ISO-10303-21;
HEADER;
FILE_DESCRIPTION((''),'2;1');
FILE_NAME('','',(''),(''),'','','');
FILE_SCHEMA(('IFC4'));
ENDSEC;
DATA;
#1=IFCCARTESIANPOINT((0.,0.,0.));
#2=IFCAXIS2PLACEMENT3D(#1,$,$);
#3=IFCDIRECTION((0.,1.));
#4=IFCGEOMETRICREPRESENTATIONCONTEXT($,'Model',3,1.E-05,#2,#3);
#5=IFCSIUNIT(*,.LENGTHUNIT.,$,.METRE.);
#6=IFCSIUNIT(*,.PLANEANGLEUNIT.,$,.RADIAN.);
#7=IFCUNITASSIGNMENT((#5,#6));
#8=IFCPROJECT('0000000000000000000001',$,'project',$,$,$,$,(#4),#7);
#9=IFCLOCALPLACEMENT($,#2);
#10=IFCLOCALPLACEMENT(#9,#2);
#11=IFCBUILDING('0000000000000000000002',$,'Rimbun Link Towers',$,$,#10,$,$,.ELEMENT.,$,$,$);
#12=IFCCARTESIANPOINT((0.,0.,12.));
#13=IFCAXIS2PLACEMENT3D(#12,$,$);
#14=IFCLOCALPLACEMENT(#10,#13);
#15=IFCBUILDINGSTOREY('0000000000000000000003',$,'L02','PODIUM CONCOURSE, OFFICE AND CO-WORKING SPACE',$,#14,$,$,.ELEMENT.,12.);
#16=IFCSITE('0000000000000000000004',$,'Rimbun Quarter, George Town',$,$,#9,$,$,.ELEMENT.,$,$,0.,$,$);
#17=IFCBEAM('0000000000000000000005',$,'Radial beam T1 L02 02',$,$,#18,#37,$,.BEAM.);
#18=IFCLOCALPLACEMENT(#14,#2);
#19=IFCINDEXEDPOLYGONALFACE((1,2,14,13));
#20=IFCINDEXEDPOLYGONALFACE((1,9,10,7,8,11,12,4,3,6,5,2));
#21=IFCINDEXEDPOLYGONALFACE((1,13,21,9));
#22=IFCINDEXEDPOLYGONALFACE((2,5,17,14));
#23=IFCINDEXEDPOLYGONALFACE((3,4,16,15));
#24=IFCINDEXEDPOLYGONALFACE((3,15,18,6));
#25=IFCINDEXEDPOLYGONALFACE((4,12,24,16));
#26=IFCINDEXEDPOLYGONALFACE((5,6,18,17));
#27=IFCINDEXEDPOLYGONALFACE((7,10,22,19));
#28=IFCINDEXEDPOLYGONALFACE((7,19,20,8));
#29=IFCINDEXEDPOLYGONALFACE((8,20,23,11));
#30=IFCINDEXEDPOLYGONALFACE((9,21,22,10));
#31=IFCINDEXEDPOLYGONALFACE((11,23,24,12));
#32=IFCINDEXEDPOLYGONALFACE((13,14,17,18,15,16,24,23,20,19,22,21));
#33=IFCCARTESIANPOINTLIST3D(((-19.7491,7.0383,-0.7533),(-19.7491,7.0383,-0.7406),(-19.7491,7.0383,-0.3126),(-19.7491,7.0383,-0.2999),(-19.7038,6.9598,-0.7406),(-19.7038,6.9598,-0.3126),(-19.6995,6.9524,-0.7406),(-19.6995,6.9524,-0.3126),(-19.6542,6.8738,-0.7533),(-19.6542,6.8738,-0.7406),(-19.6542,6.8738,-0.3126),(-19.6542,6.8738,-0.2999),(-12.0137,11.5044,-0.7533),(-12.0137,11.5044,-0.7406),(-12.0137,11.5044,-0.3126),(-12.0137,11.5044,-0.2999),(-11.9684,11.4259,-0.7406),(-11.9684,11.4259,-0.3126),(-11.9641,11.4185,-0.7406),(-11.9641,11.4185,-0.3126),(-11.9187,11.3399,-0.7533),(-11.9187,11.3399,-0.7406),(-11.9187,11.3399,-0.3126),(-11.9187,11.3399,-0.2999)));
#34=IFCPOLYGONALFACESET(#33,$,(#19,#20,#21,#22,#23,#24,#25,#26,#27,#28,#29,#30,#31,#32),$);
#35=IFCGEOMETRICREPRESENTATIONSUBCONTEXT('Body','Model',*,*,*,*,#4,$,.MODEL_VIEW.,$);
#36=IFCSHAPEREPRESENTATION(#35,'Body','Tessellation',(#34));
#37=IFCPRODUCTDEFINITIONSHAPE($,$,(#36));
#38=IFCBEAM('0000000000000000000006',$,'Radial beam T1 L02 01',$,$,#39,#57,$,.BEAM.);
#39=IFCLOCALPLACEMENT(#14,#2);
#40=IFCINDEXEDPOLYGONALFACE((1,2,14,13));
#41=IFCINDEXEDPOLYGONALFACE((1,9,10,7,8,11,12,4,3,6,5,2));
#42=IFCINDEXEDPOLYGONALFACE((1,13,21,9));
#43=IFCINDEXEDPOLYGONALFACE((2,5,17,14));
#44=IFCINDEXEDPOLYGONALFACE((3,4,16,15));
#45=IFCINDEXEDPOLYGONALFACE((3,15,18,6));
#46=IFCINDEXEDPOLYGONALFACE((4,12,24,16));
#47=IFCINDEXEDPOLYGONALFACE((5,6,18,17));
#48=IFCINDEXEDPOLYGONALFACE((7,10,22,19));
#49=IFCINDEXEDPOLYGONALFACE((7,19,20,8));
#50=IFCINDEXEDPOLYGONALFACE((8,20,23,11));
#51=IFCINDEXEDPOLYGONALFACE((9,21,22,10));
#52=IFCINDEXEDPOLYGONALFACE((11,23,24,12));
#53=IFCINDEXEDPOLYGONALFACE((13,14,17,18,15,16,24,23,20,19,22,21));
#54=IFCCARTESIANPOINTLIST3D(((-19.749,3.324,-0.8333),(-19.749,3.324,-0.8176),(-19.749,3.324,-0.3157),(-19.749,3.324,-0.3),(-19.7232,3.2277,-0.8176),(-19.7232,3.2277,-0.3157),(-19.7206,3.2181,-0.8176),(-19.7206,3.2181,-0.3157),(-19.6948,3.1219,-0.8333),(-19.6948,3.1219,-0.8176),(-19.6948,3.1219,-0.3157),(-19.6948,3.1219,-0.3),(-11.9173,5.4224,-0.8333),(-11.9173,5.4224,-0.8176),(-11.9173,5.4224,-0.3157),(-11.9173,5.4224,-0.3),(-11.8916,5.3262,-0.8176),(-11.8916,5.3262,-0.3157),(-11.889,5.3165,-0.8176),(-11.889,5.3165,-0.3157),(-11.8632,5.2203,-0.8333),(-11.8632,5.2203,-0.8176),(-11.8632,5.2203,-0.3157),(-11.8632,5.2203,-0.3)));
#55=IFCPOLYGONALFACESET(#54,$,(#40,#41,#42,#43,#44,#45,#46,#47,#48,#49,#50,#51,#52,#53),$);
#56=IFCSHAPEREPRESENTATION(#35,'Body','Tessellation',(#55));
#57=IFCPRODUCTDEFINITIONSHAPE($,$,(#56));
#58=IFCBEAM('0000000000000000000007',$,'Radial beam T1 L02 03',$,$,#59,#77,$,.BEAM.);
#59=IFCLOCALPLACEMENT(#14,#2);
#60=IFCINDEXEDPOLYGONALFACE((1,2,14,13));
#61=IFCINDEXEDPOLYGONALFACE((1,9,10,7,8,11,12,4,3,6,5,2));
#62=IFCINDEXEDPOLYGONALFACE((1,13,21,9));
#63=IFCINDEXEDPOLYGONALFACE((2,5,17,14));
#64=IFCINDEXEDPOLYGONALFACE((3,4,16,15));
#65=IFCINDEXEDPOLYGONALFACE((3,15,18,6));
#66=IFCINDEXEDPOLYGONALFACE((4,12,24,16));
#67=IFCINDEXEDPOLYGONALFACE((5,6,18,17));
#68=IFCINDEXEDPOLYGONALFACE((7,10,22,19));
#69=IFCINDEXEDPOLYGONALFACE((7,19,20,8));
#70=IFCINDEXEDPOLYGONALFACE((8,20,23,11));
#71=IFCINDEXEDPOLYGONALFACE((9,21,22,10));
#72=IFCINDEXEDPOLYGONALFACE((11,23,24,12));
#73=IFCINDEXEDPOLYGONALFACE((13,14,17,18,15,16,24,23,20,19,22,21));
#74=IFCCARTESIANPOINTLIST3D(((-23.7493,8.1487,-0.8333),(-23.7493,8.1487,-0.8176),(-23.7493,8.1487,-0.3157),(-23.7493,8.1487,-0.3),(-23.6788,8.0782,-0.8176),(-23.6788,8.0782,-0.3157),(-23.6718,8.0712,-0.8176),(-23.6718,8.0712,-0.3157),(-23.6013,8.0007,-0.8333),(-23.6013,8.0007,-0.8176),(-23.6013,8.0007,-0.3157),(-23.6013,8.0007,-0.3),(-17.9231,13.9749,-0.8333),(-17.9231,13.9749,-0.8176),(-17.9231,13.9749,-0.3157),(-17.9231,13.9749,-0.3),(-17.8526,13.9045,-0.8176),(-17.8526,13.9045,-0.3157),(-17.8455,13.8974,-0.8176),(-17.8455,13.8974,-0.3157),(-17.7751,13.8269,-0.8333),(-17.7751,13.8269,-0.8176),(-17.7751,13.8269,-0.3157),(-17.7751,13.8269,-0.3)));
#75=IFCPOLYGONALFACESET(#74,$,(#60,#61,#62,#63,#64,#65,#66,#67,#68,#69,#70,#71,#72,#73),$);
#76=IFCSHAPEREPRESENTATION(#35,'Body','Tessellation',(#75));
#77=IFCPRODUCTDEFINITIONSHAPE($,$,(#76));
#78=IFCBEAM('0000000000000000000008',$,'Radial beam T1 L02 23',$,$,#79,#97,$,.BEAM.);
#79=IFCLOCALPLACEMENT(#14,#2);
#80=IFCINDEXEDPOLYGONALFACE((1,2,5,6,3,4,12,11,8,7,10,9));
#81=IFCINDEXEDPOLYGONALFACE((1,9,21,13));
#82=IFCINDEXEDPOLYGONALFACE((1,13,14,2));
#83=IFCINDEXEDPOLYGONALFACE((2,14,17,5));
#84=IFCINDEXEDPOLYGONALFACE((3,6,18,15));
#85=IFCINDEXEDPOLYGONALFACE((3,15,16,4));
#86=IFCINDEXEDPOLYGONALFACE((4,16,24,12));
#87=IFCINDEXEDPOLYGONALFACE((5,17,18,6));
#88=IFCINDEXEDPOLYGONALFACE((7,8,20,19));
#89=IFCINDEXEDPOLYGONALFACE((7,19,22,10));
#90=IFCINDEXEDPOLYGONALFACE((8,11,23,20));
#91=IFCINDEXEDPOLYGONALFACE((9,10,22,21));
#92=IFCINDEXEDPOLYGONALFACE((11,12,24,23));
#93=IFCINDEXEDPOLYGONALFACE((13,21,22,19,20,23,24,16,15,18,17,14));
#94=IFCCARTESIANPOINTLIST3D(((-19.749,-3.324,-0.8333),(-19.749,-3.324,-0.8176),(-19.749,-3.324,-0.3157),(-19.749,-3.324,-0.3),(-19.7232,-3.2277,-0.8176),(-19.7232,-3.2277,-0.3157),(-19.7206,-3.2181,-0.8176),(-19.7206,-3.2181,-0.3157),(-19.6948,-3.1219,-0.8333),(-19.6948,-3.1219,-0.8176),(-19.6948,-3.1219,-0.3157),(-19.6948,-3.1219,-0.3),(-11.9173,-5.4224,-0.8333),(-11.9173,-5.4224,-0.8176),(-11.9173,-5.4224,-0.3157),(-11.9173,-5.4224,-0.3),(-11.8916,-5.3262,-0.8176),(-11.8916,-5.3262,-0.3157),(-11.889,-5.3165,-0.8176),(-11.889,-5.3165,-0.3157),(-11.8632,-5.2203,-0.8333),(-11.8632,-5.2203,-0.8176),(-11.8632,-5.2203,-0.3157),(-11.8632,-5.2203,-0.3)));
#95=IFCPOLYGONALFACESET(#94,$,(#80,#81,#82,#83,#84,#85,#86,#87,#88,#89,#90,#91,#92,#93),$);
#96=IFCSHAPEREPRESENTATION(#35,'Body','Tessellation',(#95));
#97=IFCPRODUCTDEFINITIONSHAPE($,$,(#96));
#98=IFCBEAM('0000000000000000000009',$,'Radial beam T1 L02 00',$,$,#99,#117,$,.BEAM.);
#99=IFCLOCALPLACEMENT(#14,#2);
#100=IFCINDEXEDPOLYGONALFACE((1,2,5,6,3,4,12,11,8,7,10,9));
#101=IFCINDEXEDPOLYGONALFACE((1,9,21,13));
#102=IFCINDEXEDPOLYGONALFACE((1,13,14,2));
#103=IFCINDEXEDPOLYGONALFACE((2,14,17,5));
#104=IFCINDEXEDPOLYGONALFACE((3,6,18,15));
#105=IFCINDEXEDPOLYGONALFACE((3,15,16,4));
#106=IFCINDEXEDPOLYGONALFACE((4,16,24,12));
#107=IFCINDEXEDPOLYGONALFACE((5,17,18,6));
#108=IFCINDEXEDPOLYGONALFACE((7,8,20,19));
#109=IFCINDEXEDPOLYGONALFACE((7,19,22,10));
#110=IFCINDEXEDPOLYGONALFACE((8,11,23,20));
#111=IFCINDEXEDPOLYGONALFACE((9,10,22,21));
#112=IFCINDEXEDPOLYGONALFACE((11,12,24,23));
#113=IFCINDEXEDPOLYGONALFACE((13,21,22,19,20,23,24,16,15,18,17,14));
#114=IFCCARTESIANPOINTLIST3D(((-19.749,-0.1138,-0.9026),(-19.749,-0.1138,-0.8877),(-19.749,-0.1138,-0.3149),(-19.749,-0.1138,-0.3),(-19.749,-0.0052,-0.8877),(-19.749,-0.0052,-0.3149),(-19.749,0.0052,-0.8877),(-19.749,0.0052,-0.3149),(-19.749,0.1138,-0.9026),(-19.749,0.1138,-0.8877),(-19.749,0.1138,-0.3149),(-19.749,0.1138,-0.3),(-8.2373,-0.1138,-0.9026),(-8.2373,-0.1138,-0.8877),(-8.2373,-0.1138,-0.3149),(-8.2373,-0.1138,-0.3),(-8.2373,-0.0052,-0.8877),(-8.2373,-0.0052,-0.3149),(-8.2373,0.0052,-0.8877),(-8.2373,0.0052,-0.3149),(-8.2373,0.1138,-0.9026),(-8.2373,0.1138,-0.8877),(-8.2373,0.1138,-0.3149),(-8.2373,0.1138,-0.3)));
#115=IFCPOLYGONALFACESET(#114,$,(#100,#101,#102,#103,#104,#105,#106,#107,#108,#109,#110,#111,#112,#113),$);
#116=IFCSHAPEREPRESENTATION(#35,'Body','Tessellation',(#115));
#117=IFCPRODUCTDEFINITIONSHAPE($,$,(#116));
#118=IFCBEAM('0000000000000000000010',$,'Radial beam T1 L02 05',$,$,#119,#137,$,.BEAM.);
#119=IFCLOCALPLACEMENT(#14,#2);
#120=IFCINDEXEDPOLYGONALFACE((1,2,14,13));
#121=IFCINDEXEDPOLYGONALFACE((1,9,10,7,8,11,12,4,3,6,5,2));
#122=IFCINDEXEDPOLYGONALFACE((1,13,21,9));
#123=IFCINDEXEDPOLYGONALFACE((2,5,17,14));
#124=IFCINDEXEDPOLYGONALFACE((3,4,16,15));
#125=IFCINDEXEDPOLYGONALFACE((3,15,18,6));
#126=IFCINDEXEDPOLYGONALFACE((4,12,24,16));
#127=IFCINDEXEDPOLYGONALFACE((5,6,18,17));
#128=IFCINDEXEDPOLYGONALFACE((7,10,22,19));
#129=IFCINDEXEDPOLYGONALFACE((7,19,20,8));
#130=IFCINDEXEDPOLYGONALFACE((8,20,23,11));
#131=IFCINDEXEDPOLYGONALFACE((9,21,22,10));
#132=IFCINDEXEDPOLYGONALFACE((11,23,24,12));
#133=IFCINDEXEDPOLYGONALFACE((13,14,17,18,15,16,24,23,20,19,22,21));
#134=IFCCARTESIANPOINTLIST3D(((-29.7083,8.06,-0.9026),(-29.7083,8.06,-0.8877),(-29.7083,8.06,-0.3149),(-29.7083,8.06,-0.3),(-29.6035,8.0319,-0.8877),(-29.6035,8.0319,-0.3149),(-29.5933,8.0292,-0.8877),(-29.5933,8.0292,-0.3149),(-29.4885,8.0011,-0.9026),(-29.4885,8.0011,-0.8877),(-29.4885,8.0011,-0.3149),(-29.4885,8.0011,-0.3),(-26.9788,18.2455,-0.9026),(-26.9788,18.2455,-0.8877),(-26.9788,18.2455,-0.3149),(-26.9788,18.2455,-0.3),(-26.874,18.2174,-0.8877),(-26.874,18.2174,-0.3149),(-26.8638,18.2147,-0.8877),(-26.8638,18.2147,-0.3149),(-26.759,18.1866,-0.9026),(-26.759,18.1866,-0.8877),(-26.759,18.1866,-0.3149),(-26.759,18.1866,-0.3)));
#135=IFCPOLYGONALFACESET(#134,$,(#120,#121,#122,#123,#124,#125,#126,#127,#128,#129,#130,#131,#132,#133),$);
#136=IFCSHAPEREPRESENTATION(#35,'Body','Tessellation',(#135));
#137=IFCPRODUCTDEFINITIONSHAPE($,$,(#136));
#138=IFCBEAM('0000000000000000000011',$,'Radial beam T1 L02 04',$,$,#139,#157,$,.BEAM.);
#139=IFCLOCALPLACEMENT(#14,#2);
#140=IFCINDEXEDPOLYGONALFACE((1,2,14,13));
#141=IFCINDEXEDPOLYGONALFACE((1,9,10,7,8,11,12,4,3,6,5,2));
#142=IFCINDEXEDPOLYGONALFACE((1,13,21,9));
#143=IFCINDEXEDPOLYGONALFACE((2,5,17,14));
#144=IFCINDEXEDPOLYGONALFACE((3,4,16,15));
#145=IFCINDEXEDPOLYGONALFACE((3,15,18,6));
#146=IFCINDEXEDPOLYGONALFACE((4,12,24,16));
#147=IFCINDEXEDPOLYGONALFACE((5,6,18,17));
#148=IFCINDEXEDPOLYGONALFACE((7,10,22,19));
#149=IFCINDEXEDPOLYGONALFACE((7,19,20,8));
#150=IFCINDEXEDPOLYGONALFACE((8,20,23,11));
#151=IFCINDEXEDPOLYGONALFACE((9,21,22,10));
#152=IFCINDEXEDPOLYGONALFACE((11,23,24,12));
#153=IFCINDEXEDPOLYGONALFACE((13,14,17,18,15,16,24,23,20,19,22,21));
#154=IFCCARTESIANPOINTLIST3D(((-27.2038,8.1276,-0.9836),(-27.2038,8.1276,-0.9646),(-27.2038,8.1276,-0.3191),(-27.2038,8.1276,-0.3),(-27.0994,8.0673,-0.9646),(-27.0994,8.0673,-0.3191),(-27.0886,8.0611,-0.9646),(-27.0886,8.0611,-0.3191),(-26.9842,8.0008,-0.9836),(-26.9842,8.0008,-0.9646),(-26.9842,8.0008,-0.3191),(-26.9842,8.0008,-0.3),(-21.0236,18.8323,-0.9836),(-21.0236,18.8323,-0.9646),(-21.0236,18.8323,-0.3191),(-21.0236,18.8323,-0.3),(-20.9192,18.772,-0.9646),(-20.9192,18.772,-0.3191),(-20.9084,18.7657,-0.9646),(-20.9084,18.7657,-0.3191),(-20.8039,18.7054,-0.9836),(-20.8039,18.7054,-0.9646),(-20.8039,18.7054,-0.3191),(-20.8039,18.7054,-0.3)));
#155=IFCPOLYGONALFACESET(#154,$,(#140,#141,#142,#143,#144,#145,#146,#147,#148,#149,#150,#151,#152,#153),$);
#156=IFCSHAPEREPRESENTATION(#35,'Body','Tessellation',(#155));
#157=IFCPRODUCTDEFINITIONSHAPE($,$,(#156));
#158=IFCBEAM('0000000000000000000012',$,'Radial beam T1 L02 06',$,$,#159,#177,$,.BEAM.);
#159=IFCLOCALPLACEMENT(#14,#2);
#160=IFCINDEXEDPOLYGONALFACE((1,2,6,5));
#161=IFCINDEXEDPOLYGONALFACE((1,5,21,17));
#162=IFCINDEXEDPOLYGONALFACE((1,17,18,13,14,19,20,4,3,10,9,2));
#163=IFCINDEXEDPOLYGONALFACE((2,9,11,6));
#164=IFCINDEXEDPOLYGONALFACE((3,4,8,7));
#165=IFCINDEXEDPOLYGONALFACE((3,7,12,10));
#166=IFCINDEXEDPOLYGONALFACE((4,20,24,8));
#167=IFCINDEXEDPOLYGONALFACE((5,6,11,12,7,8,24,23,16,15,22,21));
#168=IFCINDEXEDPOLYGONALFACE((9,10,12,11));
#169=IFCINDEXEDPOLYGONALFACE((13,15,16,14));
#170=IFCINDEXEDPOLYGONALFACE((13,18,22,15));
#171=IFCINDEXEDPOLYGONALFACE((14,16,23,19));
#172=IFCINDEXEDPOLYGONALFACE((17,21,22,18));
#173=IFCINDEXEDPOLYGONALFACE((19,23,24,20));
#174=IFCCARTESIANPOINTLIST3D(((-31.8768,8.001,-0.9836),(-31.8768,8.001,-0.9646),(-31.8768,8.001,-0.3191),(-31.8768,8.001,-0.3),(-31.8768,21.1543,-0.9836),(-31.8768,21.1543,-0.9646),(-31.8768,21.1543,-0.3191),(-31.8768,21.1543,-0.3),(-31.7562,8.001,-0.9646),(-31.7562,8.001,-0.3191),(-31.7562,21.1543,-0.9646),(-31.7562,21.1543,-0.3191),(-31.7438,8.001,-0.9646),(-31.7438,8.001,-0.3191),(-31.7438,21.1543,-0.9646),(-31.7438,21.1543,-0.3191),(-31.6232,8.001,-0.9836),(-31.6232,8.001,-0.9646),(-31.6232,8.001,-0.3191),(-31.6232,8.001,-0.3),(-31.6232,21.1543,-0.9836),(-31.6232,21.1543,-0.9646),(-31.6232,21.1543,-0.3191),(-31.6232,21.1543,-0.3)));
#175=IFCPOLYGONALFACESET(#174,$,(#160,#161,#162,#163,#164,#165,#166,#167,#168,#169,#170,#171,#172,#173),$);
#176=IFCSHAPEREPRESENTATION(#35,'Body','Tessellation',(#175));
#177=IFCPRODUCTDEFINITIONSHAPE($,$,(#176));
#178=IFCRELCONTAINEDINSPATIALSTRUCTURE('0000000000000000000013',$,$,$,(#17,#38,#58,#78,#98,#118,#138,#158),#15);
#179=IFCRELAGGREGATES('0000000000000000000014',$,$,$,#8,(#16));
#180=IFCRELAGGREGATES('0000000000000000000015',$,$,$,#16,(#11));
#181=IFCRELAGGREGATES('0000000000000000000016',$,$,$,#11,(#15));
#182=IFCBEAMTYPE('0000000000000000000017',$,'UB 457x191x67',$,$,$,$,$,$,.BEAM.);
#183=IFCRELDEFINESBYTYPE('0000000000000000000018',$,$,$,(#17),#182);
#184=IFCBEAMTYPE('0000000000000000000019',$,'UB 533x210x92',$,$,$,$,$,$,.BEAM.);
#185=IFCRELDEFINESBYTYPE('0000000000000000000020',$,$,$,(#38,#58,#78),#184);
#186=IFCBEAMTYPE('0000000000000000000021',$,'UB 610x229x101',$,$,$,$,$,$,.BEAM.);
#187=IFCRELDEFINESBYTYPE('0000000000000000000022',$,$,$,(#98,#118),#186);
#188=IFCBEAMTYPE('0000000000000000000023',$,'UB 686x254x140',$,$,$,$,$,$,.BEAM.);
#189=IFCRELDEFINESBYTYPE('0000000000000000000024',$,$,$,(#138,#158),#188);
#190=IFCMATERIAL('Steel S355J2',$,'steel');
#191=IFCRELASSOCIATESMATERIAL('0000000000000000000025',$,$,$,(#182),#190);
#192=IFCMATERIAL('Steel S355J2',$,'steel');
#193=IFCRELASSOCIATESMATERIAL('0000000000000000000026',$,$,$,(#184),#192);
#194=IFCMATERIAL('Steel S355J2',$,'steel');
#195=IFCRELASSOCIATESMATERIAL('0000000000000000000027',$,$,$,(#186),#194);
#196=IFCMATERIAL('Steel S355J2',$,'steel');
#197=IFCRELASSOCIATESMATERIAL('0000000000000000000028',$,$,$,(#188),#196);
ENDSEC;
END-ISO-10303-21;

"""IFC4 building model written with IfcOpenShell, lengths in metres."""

from ifc_helpers import new_model, si_unit, direction, frame, origin, origin_2d, place, context, subcontext, project, spatial, i_section, extrude, material, material_profile, profile_set, type_object, element, save


model = new_model("IFC4")

# Units and contexts
model_context = context("Model", 3, precision=1e-05, world=origin(), true_north=direction((0.0, 1.0)))
body_context = subcontext(model_context, "Body", "Model", "MODEL_VIEW")
ifc_project = project(units=[si_unit("LENGTHUNIT", "METRE"), si_unit("PLANEANGLEUNIT", "RADIAN")], contexts=[model_context])

# Site, building, storey
site_placement = place(None, origin())
site = spatial("IfcSite", under=ifc_project, at=site_placement, Name="Rimbun Quarter, George Town", CompositionType="ELEMENT", RefElevation=0.0)
building_placement = place(site_placement, origin())
building = spatial("IfcBuilding", under=site, at=building_placement, Name="Rimbun Link Towers", CompositionType="ELEMENT")
storey_placement = place(building_placement, frame((0.0, 0.0, 12.0)))
storey = spatial("IfcBuildingStorey", under=building, at=storey_placement, Name="L02", Description="PODIUM CONCOURSE, OFFICE AND CO-WORKING SPACE", CompositionType="ELEMENT", Elevation=12.0)

# Beams
ifc_material_1 = material(Name="Steel S355J2", Category="steel")
ifc_material_profile_1 = material_profile(ifc_material_1, i_section(OverallWidth=0.1899, OverallDepth=0.4534, WebThickness=0.0085, FlangeThickness=0.0127, at=origin_2d()), Name="UB 457x191x67")
ifc_profile_set_1 = profile_set([ifc_material_profile_1], Name="Steel S355J2")
beam_type_1 = type_object("IfcBeamType", Name="UB 457x191x67", PredefinedType="BEAM", material=ifc_profile_set_1)
beam_1_placement = place(storey_placement, frame((-19.7017, 6.9561, -0.5266), z_axis=(0.866023, 0.500005, 0.0), x_axis=(-0.500005, 0.866023, 0.0)))
element("IfcBeam", 1, at=beam_1_placement, inside=storey, type_object=beam_type_1, Name="Radial beam T1 L02 02", PredefinedType="BEAM", context=body_context, shape_type="SweptSolid", body=[
    extrude(i_section(OverallWidth=0.1899, OverallDepth=0.4534, WebThickness=0.0085, FlangeThickness=0.0127, at=origin_2d()), origin(), (0.0, 0.0, 1.0), 8.9321),
])
ifc_material_2 = material(Name="Steel S355J2", Category="steel")
ifc_material_profile_2 = material_profile(ifc_material_2, i_section(OverallWidth=0.2092, OverallDepth=0.5332, WebThickness=0.01, FlangeThickness=0.0156, at=origin_2d()), Name="UB 533x210x92")
ifc_profile_set_2 = profile_set([ifc_material_profile_2], Name="Steel S355J2")
beam_type_2 = type_object("IfcBeamType", Name="UB 533x210x92", PredefinedType="BEAM", material=ifc_profile_set_2)
beam_2_placement = place(storey_placement, frame((-19.7219, 3.2229, -0.5667), z_axis=(0.965928, 0.258811, 0.0), x_axis=(-0.258811, 0.965928, 0.0)))
element("IfcBeam", 2, at=beam_2_placement, inside=storey, type_object=beam_type_2, Name="Radial beam T1 L02 01", PredefinedType="BEAM", context=body_context, shape_type="SweptSolid", body=[
    extrude(i_section(OverallWidth=0.2092, OverallDepth=0.5332, WebThickness=0.01, FlangeThickness=0.0156, at=origin_2d()), origin(), (0.0, 0.0, 1.0), 8.1079),
])
beam_3_placement = place(storey_placement, frame((-23.6753, 8.0747, -0.5667), z_axis=(0.707107, 0.707107, 0.0), x_axis=(-0.707107, 0.707107, 0.0)))
element("IfcBeam", 3, at=beam_3_placement, inside=storey, type_object=beam_type_2, Name="Radial beam T1 L02 03", PredefinedType="BEAM", context=body_context, shape_type="SweptSolid", body=[
    extrude(i_section(OverallWidth=0.2092, OverallDepth=0.5332, WebThickness=0.01, FlangeThickness=0.0156, at=origin_2d()), origin(), (0.0, 0.0, 1.0), 8.2395),
])
beam_4_placement = place(storey_placement, frame((-19.7219, -3.2229, -0.5667), z_axis=(0.965928, -0.258811, 0.0), x_axis=(0.258811, 0.965928, 0.0)))
element("IfcBeam", 4, at=beam_4_placement, inside=storey, type_object=beam_type_2, Name="Radial beam T1 L02 23", PredefinedType="BEAM", context=body_context, shape_type="SweptSolid", body=[
    extrude(i_section(OverallWidth=0.2092, OverallDepth=0.5332, WebThickness=0.01, FlangeThickness=0.0156, at=origin_2d()), origin(), (0.0, 0.0, 1.0), 8.1079),
])
ifc_material_3 = material(Name="Steel S355J2", Category="steel")
ifc_material_profile_3 = material_profile(ifc_material_3, i_section(OverallWidth=0.2275, OverallDepth=0.6025, WebThickness=0.0105, FlangeThickness=0.0149, at=origin_2d()), Name="UB 610x229x101")
ifc_profile_set_3 = profile_set([ifc_material_profile_3], Name="Steel S355J2")
beam_type_3 = type_object("IfcBeamType", Name="UB 610x229x101", PredefinedType="BEAM", material=ifc_profile_set_3)
beam_5_placement = place(storey_placement, frame((-19.749, 0.0, -0.6013), z_axis=(1.0, 0.0, 0.0), x_axis=(0.0, 1.0, 0.0)))
element("IfcBeam", 5, at=beam_5_placement, inside=storey, type_object=beam_type_3, Name="Radial beam T1 L02 00", PredefinedType="BEAM", context=body_context, shape_type="SweptSolid", body=[
    extrude(i_section(OverallWidth=0.2275, OverallDepth=0.6025, WebThickness=0.0105, FlangeThickness=0.0149, at=origin_2d()), origin(), (0.0, 0.0, 1.0), 11.5117),
])
beam_6_placement = place(storey_placement, frame((-29.5984, 8.0305, -0.6013), z_axis=(0.258844, 0.965919, 0.0), x_axis=(-0.965919, 0.258844, 0.0)))
element("IfcBeam", 6, at=beam_6_placement, inside=storey, type_object=beam_type_3, Name="Radial beam T1 L02 05", PredefinedType="BEAM", context=body_context, shape_type="SweptSolid", body=[
    extrude(i_section(OverallWidth=0.2275, OverallDepth=0.6025, WebThickness=0.0105, FlangeThickness=0.0149, at=origin_2d()), origin(), (0.0, 0.0, 1.0), 10.5449),
])
ifc_material_4 = material(Name="Steel S355J2", Category="steel")
ifc_material_profile_4 = material_profile(ifc_material_4, i_section(OverallWidth=0.2537, OverallDepth=0.6836, WebThickness=0.0125, FlangeThickness=0.019, at=origin_2d()), Name="UB 686x254x140")
ifc_profile_set_4 = profile_set([ifc_material_profile_4], Name="Steel S355J2")
beam_type_4 = type_object("IfcBeamType", Name="UB 686x254x140", PredefinedType="BEAM", material=ifc_profile_set_4)
beam_7_placement = place(storey_placement, frame((-27.094, 8.0642, -0.6418), z_axis=(0.499993, 0.86603, 0.0), x_axis=(-0.86603, 0.499993, 0.0)))
element("IfcBeam", 7, at=beam_7_placement, inside=storey, type_object=beam_type_4, Name="Radial beam T1 L02 04", PredefinedType="BEAM", context=body_context, shape_type="SweptSolid", body=[
    extrude(i_section(OverallWidth=0.2537, OverallDepth=0.6836, WebThickness=0.0125, FlangeThickness=0.019, at=origin_2d()), origin(), (0.0, 0.0, 1.0), 12.3606),
])
beam_8_placement = place(storey_placement, frame((-31.75, 8.001, -0.6418), z_axis=(0.0, 1.0, 0.0), x_axis=(-1.0, 0.0, 0.0)))
element("IfcBeam", 8, at=beam_8_placement, inside=storey, type_object=beam_type_4, Name="Radial beam T1 L02 06", PredefinedType="BEAM", context=body_context, shape_type="SweptSolid", body=[
    extrude(i_section(OverallWidth=0.2537, OverallDepth=0.6836, WebThickness=0.0125, FlangeThickness=0.019, at=origin_2d()), origin(), (0.0, 0.0, 1.0), 13.1533),
])

save(model, "model.ifc")
